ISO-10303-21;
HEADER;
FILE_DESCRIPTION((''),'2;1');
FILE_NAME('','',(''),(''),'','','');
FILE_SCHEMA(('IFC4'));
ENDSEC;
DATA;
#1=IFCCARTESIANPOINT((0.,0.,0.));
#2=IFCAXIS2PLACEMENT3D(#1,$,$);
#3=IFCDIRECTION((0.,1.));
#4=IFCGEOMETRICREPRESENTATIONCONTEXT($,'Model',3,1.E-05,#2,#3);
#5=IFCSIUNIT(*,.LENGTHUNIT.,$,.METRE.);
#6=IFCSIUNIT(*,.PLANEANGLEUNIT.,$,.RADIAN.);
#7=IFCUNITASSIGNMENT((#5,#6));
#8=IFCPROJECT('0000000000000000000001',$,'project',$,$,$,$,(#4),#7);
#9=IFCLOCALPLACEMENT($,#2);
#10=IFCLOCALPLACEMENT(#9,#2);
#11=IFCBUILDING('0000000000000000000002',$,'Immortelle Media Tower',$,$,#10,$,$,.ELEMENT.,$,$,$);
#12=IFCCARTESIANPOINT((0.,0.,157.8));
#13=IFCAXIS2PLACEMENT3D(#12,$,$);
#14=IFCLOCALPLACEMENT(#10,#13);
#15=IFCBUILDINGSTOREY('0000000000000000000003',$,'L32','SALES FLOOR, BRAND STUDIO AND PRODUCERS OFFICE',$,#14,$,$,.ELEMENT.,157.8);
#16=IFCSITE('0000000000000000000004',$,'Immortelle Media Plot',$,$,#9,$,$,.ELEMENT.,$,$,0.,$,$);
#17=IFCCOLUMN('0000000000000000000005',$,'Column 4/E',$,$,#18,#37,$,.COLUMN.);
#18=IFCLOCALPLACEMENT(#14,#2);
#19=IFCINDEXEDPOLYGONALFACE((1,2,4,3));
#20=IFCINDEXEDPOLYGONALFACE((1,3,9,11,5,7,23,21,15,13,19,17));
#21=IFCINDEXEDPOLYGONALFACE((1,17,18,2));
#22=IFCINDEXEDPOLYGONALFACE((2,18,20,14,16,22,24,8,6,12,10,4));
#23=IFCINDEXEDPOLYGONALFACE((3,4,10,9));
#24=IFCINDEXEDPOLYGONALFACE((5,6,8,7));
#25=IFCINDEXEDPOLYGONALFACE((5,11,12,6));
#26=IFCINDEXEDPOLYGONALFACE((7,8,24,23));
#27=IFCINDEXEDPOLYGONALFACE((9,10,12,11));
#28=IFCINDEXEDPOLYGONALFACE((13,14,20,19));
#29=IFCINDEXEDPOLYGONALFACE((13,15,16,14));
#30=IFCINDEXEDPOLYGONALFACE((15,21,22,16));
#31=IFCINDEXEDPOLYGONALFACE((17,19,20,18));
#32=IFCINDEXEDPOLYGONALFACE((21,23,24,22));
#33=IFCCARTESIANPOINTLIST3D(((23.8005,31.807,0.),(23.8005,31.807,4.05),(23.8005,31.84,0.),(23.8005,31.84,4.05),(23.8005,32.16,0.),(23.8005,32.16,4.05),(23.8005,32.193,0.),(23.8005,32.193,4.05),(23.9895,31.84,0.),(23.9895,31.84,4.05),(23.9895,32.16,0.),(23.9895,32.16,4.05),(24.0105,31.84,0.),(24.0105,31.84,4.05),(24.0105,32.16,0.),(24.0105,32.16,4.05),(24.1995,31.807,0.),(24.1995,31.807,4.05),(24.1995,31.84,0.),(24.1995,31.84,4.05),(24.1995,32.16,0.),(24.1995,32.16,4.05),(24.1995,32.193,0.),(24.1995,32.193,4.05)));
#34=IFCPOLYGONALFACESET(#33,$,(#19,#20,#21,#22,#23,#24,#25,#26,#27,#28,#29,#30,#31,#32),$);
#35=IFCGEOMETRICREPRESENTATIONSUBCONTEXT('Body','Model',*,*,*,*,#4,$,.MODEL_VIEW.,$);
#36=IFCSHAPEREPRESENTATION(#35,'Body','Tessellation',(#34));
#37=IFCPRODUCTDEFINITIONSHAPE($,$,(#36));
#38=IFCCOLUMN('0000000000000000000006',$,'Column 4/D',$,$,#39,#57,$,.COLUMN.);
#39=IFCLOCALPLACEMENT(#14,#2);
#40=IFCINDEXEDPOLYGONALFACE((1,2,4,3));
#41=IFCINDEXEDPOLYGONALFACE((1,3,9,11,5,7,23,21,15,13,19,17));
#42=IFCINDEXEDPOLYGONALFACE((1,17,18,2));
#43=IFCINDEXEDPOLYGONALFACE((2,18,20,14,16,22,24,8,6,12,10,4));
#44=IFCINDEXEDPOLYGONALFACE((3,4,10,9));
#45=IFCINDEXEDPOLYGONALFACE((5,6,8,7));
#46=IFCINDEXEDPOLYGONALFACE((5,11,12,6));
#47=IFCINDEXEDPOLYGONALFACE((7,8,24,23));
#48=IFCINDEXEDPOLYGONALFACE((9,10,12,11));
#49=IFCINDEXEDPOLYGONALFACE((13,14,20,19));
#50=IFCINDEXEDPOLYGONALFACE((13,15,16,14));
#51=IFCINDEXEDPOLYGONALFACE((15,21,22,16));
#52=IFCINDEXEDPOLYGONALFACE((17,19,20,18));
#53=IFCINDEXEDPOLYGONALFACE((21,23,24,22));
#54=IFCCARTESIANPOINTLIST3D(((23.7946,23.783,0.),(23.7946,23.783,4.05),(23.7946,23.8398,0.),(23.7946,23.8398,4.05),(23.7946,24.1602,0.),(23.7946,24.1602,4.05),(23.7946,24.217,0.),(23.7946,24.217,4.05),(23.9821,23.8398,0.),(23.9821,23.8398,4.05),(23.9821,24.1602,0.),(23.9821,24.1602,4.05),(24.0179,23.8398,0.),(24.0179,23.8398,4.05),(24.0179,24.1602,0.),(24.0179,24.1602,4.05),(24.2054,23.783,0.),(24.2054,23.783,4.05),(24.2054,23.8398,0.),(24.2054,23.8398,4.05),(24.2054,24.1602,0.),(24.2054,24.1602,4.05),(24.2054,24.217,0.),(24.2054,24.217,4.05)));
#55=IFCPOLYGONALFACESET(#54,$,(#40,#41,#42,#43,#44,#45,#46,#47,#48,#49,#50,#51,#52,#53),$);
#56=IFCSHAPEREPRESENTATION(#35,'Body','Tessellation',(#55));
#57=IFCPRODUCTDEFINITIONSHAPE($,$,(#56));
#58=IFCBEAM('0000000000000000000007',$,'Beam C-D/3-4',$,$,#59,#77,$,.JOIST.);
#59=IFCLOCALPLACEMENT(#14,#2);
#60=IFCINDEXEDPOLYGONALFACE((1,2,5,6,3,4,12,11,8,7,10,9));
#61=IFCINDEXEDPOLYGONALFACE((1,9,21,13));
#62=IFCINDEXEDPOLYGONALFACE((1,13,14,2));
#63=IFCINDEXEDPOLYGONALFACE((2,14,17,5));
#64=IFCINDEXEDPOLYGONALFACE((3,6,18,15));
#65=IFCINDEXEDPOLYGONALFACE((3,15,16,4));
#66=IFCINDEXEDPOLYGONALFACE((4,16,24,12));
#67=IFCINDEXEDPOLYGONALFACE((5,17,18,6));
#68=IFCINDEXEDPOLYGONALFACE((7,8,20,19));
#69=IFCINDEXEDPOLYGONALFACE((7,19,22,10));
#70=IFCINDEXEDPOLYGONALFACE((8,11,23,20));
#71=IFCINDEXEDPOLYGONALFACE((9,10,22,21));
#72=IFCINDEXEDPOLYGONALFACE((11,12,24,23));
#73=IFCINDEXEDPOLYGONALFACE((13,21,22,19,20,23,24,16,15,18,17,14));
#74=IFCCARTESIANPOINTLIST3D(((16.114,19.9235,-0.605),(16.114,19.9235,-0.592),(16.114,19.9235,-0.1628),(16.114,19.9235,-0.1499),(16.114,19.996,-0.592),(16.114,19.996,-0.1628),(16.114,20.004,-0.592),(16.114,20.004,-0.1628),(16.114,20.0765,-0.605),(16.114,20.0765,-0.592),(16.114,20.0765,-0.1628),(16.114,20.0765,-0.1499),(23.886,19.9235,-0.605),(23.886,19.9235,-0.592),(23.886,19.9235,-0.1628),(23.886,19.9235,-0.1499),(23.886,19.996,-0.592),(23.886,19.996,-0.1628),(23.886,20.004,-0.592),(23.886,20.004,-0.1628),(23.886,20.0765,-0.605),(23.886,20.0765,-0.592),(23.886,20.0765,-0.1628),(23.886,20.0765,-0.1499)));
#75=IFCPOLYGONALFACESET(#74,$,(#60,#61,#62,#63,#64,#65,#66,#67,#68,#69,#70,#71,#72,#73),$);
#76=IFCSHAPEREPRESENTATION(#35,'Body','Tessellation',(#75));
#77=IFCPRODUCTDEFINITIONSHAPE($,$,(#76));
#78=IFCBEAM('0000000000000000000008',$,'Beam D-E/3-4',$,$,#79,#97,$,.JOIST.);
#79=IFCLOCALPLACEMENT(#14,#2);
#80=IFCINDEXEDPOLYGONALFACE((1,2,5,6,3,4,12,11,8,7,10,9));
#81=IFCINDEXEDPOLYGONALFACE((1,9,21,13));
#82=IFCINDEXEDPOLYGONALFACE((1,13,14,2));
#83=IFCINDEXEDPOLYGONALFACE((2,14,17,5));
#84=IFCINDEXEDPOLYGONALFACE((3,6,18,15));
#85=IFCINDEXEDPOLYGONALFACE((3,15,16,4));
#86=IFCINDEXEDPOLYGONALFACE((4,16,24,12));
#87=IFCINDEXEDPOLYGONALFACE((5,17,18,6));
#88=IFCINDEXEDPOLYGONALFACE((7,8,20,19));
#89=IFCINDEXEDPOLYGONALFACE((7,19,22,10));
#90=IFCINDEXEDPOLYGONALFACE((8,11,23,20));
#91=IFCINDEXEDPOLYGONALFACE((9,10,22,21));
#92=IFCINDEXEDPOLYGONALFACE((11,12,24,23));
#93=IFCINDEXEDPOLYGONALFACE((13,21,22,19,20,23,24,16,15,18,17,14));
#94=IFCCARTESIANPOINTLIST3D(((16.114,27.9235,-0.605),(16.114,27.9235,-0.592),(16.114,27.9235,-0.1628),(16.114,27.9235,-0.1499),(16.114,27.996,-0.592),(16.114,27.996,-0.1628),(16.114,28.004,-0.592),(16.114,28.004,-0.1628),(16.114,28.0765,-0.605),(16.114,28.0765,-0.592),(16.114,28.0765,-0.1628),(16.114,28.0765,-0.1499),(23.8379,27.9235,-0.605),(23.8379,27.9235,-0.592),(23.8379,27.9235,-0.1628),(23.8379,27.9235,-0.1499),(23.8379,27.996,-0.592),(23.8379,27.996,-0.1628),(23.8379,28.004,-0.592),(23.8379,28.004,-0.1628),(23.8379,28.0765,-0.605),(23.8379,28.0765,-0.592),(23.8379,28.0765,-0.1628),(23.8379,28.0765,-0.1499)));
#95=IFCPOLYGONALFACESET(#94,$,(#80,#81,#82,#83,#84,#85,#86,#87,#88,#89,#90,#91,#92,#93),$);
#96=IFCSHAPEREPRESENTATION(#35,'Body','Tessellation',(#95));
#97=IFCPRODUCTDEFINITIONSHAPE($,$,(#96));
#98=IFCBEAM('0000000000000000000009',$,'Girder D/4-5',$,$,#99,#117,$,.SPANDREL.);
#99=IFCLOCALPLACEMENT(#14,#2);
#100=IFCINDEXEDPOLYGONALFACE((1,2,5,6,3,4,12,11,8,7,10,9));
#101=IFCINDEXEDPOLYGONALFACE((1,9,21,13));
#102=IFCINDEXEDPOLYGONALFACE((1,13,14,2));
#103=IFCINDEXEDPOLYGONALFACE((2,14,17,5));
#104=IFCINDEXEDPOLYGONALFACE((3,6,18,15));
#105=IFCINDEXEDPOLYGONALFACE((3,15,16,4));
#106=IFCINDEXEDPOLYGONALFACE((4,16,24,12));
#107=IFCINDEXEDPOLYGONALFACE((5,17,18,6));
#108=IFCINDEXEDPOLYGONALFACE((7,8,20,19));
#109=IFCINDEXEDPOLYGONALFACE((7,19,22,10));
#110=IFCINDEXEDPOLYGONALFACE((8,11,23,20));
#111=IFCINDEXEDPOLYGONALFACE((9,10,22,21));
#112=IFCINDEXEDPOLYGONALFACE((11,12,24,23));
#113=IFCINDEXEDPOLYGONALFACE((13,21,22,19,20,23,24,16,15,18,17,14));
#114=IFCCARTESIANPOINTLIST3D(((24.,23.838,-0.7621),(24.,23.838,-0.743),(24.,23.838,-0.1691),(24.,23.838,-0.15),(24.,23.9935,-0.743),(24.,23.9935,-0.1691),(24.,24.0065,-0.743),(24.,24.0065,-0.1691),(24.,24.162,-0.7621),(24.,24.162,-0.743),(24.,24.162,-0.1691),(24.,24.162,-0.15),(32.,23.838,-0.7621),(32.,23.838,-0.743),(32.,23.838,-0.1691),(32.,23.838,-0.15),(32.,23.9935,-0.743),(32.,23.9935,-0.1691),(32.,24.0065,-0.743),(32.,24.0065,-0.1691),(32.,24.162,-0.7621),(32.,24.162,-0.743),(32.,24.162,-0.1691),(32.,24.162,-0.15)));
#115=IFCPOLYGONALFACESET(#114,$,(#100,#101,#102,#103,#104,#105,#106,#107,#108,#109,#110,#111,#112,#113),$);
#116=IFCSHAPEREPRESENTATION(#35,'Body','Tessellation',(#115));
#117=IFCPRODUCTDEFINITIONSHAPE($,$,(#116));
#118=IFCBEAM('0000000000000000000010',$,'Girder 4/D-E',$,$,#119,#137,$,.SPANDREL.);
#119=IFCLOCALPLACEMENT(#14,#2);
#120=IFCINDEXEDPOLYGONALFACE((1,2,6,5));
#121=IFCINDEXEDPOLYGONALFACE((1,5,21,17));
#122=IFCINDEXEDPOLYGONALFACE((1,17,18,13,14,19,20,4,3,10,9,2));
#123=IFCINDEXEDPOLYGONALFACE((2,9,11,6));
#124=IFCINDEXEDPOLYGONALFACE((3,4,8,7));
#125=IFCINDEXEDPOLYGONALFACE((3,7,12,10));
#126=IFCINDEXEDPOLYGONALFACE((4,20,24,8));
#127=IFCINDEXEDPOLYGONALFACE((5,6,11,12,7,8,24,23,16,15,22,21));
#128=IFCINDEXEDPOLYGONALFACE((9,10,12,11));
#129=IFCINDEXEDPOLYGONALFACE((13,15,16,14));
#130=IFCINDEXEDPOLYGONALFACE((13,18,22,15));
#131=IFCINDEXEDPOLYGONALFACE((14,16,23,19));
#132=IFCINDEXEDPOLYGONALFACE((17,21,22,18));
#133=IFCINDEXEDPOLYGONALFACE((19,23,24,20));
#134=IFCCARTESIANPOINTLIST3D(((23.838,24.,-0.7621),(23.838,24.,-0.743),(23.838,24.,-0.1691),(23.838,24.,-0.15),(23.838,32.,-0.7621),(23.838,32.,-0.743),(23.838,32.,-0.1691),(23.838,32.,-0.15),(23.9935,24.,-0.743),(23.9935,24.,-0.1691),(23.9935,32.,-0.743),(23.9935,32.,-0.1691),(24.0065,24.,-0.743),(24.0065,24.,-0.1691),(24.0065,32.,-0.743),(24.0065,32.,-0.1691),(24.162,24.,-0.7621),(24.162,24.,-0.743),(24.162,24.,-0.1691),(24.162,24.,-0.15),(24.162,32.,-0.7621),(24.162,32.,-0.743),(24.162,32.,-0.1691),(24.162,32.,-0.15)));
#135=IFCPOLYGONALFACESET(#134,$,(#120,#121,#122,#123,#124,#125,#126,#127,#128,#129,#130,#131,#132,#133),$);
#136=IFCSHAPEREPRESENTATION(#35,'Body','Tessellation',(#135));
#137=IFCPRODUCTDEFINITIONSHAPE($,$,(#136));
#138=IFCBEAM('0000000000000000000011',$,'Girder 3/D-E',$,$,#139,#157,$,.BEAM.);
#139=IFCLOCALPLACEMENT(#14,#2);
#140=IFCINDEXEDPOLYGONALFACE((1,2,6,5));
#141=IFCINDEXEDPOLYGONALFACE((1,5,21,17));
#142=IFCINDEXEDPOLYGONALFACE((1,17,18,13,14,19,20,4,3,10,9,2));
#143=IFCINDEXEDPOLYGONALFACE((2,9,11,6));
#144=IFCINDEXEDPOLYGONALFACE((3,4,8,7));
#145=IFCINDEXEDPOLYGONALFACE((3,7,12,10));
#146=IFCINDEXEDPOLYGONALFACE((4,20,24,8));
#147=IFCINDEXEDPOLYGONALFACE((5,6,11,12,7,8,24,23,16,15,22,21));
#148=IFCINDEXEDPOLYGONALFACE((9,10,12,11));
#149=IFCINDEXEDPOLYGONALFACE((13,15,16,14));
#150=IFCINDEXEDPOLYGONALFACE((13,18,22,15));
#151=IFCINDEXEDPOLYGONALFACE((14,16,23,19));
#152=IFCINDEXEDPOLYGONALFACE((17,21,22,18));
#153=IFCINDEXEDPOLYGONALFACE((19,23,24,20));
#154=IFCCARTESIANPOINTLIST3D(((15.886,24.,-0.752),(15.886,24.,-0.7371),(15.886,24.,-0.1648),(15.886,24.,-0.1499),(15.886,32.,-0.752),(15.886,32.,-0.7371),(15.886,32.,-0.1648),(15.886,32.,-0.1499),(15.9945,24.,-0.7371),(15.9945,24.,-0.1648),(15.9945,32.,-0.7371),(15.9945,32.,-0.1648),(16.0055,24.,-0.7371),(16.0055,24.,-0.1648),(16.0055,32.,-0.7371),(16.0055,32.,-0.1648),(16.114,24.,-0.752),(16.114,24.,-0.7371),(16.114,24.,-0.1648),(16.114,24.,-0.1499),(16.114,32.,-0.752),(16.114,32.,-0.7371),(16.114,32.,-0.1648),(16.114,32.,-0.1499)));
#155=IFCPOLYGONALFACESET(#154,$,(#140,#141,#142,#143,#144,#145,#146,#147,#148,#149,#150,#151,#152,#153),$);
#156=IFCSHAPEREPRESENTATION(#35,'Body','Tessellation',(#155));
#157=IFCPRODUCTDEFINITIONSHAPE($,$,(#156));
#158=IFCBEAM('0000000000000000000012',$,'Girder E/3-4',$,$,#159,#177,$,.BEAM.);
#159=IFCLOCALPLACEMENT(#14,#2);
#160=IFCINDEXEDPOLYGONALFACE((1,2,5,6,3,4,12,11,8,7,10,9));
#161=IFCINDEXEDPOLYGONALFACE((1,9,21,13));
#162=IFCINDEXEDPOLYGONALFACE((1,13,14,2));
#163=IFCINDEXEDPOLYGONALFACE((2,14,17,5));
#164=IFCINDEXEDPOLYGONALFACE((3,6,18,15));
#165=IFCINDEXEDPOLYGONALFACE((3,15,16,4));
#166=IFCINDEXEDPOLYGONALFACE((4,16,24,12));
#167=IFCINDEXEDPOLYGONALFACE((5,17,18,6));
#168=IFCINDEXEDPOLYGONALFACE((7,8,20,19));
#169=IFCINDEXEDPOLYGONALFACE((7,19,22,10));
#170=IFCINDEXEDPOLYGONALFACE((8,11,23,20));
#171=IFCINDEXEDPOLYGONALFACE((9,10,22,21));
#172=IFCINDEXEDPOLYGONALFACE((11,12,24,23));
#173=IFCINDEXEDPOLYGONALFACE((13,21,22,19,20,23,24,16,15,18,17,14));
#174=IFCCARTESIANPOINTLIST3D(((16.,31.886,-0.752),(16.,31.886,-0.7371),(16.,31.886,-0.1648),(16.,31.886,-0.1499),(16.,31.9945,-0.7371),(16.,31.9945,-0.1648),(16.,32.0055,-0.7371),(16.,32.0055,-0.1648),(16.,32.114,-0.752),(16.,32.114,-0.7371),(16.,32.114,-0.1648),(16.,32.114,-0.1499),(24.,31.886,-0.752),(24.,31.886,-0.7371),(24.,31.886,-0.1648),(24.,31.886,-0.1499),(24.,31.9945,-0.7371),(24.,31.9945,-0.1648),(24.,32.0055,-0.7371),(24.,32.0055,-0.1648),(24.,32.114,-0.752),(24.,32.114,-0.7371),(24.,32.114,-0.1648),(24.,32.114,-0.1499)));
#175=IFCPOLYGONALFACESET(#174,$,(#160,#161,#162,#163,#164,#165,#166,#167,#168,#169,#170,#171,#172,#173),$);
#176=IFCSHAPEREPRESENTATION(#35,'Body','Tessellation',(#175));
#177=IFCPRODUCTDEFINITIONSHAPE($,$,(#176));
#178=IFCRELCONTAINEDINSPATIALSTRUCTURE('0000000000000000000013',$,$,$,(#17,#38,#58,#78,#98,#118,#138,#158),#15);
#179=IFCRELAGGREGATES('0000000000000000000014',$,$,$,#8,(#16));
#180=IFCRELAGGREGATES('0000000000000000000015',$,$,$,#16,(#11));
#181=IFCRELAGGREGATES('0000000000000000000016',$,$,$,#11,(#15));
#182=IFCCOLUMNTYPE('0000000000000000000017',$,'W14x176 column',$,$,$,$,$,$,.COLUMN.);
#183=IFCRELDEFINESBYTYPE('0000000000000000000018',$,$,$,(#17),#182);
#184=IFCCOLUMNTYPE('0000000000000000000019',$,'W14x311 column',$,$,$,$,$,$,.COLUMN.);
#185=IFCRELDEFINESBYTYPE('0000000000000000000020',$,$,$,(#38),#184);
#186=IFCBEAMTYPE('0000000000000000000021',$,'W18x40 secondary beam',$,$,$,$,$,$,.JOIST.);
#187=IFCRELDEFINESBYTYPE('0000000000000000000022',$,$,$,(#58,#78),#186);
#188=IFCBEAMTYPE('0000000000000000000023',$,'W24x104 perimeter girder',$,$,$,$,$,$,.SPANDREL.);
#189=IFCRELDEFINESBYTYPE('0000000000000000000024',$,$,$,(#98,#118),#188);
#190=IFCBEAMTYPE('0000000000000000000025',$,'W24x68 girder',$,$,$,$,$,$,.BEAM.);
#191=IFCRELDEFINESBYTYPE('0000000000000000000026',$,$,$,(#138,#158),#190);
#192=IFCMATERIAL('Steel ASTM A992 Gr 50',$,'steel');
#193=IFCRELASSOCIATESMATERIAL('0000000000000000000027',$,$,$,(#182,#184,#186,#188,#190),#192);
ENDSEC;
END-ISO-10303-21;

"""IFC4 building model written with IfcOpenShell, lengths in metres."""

from ifc_helpers import new_model, si_unit, direction, frame, origin, origin_2d, place, context, subcontext, project, spatial, i_section, extrude, material, material_profile, profile_set, type_object, element, save


model = new_model("IFC4")

# Units and contexts
model_context = context("Model", 3, precision=1e-05, world=origin(), true_north=direction((0.0, 1.0)))
body_context = subcontext(model_context, "Body", "Model", "MODEL_VIEW")
ifc_project = project(units=[si_unit("LENGTHUNIT", "METRE"), si_unit("PLANEANGLEUNIT", "RADIAN")], contexts=[model_context])

# Site, building, storey
site_placement = place(None, origin())
site = spatial("IfcSite", under=ifc_project, at=site_placement, Name="Immortelle Media Plot", CompositionType="ELEMENT", RefElevation=0.0)
building_placement = place(site_placement, origin())
building = spatial("IfcBuilding", under=site, at=building_placement, Name="Immortelle Media Tower", CompositionType="ELEMENT")
storey_placement = place(building_placement, frame((0.0, 0.0, 157.8)))
storey = spatial("IfcBuildingStorey", under=building, at=storey_placement, Name="L32", Description="SALES FLOOR, BRAND STUDIO AND PRODUCERS OFFICE", CompositionType="ELEMENT", Elevation=157.8)

# Columns
ifc_material_1 = material(Name="Steel ASTM A992 Gr 50", Category="steel")
ifc_material_profile_1 = material_profile(ifc_material_1, i_section(OverallWidth=0.3989, OverallDepth=0.386, WebThickness=0.021, FlangeThickness=0.033, at=origin_2d()), Name="W14x176")
ifc_profile_set_1 = profile_set([ifc_material_profile_1], Name="Steel ASTM A992 Gr 50")
column_type_1 = type_object("IfcColumnType", Name="W14x176 column", PredefinedType="COLUMN", material=ifc_profile_set_1)
column_1_placement = place(storey_placement, frame((24.0, 32.0, 0.0), z_axis=(0.0, 0.0, 1.0), x_axis=(1.0, 0.0, 0.0)))
element("IfcColumn", 1, at=column_1_placement, inside=storey, type_object=column_type_1, Name="Column 4/E", PredefinedType="COLUMN", context=body_context, shape_type="SweptSolid", body=[
    extrude(i_section(OverallWidth=0.3989, OverallDepth=0.386, WebThickness=0.021, FlangeThickness=0.033, at=origin_2d()), origin(), (0.0, 0.0, 1.0), 4.05),
])
ifc_material_profile_2 = material_profile(ifc_material_1, i_section(OverallWidth=0.4109, OverallDepth=0.4341, WebThickness=0.0359, FlangeThickness=0.0569, at=origin_2d()), Name="W14x311")
ifc_profile_set_2 = profile_set([ifc_material_profile_2], Name="Steel ASTM A992 Gr 50")
column_type_2 = type_object("IfcColumnType", Name="W14x311 column", PredefinedType="COLUMN", material=ifc_profile_set_2)
column_2_placement = place(storey_placement, frame((24.0, 24.0, 0.0), z_axis=(0.0, 0.0, 1.0), x_axis=(1.0, 0.0, 0.0)))
element("IfcColumn", 2, at=column_2_placement, inside=storey, type_object=column_type_2, Name="Column 4/D", PredefinedType="COLUMN", context=body_context, shape_type="SweptSolid", body=[
    extrude(i_section(OverallWidth=0.4109, OverallDepth=0.4341, WebThickness=0.0359, FlangeThickness=0.0569, at=origin_2d()), origin(), (0.0, 0.0, 1.0), 4.05),
])

# Beams
ifc_material_profile_3 = material_profile(ifc_material_1, i_section(OverallWidth=0.1531, OverallDepth=0.4551, WebThickness=0.0081, FlangeThickness=0.0129, at=origin_2d()), Name="W18x40")
ifc_profile_set_3 = profile_set([ifc_material_profile_3], Name="Steel ASTM A992 Gr 50")
beam_type_1 = type_object("IfcBeamType", Name="W18x40 secondary beam", PredefinedType="JOIST", material=ifc_profile_set_3)
beam_1_placement = place(storey_placement, frame((16.114, 20.0, -0.3774), z_axis=(1.0, 0.0, 0.0), x_axis=(0.0, 1.0, 0.0)))
element("IfcBeam", 3, at=beam_1_placement, inside=storey, type_object=beam_type_1, Name="Beam C-D/3-4", PredefinedType="JOIST", context=body_context, shape_type="SweptSolid", body=[
    extrude(i_section(OverallWidth=0.1531, OverallDepth=0.4551, WebThickness=0.0081, FlangeThickness=0.0129, at=origin_2d()), origin(), (0.0, 0.0, 1.0), 7.772),
])
beam_2_placement = place(storey_placement, frame((16.114, 28.0, -0.3774), z_axis=(1.0, 0.0, 0.0), x_axis=(0.0, 1.0, 0.0)))
element("IfcBeam", 4, at=beam_2_placement, inside=storey, type_object=beam_type_1, Name="Beam D-E/3-4", PredefinedType="JOIST", context=body_context, shape_type="SweptSolid", body=[
    extrude(i_section(OverallWidth=0.1531, OverallDepth=0.4551, WebThickness=0.0081, FlangeThickness=0.0129, at=origin_2d()), origin(), (0.0, 0.0, 1.0), 7.7239),
])
ifc_material_profile_4 = material_profile(ifc_material_1, i_section(OverallWidth=0.324, OverallDepth=0.6121, WebThickness=0.0129, FlangeThickness=0.019, at=origin_2d()), Name="W24x104")
ifc_profile_set_4 = profile_set([ifc_material_profile_4], Name="Steel ASTM A992 Gr 50")
beam_type_2 = type_object("IfcBeamType", Name="W24x104 perimeter girder", PredefinedType="SPANDREL", material=ifc_profile_set_4)
for number, where, z_axis, x_axis, name in (
    (5, (24.0, 24.0, -0.4561), (1.0, 0.0, 0.0), (0.0, 1.0, 0.0), "Girder D/4-5"),
    (6, (24.0, 24.0, -0.4561), (0.0, 1.0, 0.0), (-1.0, 0.0, 0.0), "Girder 4/D-E"),
):
    element("IfcBeam", number, at=place(storey_placement, frame(where, z_axis=z_axis, x_axis=x_axis)), inside=storey, type_object=beam_type_2, Name=name, PredefinedType="SPANDREL", context=body_context, shape_type="SweptSolid", body=[
        extrude(i_section(OverallWidth=0.324, OverallDepth=0.6121, WebThickness=0.0129, FlangeThickness=0.019, at=origin_2d()), origin(), (0.0, 0.0, 1.0), 8.0),
    ])
ifc_material_profile_5 = material_profile(ifc_material_1, i_section(OverallWidth=0.228, OverallDepth=0.6021, WebThickness=0.011, FlangeThickness=0.0149, at=origin_2d()), Name="W24x68")
ifc_profile_set_5 = profile_set([ifc_material_profile_5], Name="Steel ASTM A992 Gr 50")
beam_type_3 = type_object("IfcBeamType", Name="W24x68 girder", PredefinedType="BEAM", material=ifc_profile_set_5)
for number, where, z_axis, x_axis, name in (
    (7, (16.0, 24.0, -0.4509), (0.0, 1.0, 0.0), (-1.0, 0.0, 0.0), "Girder 3/D-E"),
    (8, (16.0, 32.0, -0.4509), (1.0, 0.0, 0.0), (0.0, 1.0, 0.0), "Girder E/3-4"),
):
    element("IfcBeam", number, at=place(storey_placement, frame(where, z_axis=z_axis, x_axis=x_axis)), inside=storey, type_object=beam_type_3, Name=name, PredefinedType="BEAM", context=body_context, shape_type="SweptSolid", body=[
        extrude(i_section(OverallWidth=0.228, OverallDepth=0.6021, WebThickness=0.011, FlangeThickness=0.0149, at=origin_2d()), origin(), (0.0, 0.0, 1.0), 8.0),
    ])

save(model, "model.ifc")
